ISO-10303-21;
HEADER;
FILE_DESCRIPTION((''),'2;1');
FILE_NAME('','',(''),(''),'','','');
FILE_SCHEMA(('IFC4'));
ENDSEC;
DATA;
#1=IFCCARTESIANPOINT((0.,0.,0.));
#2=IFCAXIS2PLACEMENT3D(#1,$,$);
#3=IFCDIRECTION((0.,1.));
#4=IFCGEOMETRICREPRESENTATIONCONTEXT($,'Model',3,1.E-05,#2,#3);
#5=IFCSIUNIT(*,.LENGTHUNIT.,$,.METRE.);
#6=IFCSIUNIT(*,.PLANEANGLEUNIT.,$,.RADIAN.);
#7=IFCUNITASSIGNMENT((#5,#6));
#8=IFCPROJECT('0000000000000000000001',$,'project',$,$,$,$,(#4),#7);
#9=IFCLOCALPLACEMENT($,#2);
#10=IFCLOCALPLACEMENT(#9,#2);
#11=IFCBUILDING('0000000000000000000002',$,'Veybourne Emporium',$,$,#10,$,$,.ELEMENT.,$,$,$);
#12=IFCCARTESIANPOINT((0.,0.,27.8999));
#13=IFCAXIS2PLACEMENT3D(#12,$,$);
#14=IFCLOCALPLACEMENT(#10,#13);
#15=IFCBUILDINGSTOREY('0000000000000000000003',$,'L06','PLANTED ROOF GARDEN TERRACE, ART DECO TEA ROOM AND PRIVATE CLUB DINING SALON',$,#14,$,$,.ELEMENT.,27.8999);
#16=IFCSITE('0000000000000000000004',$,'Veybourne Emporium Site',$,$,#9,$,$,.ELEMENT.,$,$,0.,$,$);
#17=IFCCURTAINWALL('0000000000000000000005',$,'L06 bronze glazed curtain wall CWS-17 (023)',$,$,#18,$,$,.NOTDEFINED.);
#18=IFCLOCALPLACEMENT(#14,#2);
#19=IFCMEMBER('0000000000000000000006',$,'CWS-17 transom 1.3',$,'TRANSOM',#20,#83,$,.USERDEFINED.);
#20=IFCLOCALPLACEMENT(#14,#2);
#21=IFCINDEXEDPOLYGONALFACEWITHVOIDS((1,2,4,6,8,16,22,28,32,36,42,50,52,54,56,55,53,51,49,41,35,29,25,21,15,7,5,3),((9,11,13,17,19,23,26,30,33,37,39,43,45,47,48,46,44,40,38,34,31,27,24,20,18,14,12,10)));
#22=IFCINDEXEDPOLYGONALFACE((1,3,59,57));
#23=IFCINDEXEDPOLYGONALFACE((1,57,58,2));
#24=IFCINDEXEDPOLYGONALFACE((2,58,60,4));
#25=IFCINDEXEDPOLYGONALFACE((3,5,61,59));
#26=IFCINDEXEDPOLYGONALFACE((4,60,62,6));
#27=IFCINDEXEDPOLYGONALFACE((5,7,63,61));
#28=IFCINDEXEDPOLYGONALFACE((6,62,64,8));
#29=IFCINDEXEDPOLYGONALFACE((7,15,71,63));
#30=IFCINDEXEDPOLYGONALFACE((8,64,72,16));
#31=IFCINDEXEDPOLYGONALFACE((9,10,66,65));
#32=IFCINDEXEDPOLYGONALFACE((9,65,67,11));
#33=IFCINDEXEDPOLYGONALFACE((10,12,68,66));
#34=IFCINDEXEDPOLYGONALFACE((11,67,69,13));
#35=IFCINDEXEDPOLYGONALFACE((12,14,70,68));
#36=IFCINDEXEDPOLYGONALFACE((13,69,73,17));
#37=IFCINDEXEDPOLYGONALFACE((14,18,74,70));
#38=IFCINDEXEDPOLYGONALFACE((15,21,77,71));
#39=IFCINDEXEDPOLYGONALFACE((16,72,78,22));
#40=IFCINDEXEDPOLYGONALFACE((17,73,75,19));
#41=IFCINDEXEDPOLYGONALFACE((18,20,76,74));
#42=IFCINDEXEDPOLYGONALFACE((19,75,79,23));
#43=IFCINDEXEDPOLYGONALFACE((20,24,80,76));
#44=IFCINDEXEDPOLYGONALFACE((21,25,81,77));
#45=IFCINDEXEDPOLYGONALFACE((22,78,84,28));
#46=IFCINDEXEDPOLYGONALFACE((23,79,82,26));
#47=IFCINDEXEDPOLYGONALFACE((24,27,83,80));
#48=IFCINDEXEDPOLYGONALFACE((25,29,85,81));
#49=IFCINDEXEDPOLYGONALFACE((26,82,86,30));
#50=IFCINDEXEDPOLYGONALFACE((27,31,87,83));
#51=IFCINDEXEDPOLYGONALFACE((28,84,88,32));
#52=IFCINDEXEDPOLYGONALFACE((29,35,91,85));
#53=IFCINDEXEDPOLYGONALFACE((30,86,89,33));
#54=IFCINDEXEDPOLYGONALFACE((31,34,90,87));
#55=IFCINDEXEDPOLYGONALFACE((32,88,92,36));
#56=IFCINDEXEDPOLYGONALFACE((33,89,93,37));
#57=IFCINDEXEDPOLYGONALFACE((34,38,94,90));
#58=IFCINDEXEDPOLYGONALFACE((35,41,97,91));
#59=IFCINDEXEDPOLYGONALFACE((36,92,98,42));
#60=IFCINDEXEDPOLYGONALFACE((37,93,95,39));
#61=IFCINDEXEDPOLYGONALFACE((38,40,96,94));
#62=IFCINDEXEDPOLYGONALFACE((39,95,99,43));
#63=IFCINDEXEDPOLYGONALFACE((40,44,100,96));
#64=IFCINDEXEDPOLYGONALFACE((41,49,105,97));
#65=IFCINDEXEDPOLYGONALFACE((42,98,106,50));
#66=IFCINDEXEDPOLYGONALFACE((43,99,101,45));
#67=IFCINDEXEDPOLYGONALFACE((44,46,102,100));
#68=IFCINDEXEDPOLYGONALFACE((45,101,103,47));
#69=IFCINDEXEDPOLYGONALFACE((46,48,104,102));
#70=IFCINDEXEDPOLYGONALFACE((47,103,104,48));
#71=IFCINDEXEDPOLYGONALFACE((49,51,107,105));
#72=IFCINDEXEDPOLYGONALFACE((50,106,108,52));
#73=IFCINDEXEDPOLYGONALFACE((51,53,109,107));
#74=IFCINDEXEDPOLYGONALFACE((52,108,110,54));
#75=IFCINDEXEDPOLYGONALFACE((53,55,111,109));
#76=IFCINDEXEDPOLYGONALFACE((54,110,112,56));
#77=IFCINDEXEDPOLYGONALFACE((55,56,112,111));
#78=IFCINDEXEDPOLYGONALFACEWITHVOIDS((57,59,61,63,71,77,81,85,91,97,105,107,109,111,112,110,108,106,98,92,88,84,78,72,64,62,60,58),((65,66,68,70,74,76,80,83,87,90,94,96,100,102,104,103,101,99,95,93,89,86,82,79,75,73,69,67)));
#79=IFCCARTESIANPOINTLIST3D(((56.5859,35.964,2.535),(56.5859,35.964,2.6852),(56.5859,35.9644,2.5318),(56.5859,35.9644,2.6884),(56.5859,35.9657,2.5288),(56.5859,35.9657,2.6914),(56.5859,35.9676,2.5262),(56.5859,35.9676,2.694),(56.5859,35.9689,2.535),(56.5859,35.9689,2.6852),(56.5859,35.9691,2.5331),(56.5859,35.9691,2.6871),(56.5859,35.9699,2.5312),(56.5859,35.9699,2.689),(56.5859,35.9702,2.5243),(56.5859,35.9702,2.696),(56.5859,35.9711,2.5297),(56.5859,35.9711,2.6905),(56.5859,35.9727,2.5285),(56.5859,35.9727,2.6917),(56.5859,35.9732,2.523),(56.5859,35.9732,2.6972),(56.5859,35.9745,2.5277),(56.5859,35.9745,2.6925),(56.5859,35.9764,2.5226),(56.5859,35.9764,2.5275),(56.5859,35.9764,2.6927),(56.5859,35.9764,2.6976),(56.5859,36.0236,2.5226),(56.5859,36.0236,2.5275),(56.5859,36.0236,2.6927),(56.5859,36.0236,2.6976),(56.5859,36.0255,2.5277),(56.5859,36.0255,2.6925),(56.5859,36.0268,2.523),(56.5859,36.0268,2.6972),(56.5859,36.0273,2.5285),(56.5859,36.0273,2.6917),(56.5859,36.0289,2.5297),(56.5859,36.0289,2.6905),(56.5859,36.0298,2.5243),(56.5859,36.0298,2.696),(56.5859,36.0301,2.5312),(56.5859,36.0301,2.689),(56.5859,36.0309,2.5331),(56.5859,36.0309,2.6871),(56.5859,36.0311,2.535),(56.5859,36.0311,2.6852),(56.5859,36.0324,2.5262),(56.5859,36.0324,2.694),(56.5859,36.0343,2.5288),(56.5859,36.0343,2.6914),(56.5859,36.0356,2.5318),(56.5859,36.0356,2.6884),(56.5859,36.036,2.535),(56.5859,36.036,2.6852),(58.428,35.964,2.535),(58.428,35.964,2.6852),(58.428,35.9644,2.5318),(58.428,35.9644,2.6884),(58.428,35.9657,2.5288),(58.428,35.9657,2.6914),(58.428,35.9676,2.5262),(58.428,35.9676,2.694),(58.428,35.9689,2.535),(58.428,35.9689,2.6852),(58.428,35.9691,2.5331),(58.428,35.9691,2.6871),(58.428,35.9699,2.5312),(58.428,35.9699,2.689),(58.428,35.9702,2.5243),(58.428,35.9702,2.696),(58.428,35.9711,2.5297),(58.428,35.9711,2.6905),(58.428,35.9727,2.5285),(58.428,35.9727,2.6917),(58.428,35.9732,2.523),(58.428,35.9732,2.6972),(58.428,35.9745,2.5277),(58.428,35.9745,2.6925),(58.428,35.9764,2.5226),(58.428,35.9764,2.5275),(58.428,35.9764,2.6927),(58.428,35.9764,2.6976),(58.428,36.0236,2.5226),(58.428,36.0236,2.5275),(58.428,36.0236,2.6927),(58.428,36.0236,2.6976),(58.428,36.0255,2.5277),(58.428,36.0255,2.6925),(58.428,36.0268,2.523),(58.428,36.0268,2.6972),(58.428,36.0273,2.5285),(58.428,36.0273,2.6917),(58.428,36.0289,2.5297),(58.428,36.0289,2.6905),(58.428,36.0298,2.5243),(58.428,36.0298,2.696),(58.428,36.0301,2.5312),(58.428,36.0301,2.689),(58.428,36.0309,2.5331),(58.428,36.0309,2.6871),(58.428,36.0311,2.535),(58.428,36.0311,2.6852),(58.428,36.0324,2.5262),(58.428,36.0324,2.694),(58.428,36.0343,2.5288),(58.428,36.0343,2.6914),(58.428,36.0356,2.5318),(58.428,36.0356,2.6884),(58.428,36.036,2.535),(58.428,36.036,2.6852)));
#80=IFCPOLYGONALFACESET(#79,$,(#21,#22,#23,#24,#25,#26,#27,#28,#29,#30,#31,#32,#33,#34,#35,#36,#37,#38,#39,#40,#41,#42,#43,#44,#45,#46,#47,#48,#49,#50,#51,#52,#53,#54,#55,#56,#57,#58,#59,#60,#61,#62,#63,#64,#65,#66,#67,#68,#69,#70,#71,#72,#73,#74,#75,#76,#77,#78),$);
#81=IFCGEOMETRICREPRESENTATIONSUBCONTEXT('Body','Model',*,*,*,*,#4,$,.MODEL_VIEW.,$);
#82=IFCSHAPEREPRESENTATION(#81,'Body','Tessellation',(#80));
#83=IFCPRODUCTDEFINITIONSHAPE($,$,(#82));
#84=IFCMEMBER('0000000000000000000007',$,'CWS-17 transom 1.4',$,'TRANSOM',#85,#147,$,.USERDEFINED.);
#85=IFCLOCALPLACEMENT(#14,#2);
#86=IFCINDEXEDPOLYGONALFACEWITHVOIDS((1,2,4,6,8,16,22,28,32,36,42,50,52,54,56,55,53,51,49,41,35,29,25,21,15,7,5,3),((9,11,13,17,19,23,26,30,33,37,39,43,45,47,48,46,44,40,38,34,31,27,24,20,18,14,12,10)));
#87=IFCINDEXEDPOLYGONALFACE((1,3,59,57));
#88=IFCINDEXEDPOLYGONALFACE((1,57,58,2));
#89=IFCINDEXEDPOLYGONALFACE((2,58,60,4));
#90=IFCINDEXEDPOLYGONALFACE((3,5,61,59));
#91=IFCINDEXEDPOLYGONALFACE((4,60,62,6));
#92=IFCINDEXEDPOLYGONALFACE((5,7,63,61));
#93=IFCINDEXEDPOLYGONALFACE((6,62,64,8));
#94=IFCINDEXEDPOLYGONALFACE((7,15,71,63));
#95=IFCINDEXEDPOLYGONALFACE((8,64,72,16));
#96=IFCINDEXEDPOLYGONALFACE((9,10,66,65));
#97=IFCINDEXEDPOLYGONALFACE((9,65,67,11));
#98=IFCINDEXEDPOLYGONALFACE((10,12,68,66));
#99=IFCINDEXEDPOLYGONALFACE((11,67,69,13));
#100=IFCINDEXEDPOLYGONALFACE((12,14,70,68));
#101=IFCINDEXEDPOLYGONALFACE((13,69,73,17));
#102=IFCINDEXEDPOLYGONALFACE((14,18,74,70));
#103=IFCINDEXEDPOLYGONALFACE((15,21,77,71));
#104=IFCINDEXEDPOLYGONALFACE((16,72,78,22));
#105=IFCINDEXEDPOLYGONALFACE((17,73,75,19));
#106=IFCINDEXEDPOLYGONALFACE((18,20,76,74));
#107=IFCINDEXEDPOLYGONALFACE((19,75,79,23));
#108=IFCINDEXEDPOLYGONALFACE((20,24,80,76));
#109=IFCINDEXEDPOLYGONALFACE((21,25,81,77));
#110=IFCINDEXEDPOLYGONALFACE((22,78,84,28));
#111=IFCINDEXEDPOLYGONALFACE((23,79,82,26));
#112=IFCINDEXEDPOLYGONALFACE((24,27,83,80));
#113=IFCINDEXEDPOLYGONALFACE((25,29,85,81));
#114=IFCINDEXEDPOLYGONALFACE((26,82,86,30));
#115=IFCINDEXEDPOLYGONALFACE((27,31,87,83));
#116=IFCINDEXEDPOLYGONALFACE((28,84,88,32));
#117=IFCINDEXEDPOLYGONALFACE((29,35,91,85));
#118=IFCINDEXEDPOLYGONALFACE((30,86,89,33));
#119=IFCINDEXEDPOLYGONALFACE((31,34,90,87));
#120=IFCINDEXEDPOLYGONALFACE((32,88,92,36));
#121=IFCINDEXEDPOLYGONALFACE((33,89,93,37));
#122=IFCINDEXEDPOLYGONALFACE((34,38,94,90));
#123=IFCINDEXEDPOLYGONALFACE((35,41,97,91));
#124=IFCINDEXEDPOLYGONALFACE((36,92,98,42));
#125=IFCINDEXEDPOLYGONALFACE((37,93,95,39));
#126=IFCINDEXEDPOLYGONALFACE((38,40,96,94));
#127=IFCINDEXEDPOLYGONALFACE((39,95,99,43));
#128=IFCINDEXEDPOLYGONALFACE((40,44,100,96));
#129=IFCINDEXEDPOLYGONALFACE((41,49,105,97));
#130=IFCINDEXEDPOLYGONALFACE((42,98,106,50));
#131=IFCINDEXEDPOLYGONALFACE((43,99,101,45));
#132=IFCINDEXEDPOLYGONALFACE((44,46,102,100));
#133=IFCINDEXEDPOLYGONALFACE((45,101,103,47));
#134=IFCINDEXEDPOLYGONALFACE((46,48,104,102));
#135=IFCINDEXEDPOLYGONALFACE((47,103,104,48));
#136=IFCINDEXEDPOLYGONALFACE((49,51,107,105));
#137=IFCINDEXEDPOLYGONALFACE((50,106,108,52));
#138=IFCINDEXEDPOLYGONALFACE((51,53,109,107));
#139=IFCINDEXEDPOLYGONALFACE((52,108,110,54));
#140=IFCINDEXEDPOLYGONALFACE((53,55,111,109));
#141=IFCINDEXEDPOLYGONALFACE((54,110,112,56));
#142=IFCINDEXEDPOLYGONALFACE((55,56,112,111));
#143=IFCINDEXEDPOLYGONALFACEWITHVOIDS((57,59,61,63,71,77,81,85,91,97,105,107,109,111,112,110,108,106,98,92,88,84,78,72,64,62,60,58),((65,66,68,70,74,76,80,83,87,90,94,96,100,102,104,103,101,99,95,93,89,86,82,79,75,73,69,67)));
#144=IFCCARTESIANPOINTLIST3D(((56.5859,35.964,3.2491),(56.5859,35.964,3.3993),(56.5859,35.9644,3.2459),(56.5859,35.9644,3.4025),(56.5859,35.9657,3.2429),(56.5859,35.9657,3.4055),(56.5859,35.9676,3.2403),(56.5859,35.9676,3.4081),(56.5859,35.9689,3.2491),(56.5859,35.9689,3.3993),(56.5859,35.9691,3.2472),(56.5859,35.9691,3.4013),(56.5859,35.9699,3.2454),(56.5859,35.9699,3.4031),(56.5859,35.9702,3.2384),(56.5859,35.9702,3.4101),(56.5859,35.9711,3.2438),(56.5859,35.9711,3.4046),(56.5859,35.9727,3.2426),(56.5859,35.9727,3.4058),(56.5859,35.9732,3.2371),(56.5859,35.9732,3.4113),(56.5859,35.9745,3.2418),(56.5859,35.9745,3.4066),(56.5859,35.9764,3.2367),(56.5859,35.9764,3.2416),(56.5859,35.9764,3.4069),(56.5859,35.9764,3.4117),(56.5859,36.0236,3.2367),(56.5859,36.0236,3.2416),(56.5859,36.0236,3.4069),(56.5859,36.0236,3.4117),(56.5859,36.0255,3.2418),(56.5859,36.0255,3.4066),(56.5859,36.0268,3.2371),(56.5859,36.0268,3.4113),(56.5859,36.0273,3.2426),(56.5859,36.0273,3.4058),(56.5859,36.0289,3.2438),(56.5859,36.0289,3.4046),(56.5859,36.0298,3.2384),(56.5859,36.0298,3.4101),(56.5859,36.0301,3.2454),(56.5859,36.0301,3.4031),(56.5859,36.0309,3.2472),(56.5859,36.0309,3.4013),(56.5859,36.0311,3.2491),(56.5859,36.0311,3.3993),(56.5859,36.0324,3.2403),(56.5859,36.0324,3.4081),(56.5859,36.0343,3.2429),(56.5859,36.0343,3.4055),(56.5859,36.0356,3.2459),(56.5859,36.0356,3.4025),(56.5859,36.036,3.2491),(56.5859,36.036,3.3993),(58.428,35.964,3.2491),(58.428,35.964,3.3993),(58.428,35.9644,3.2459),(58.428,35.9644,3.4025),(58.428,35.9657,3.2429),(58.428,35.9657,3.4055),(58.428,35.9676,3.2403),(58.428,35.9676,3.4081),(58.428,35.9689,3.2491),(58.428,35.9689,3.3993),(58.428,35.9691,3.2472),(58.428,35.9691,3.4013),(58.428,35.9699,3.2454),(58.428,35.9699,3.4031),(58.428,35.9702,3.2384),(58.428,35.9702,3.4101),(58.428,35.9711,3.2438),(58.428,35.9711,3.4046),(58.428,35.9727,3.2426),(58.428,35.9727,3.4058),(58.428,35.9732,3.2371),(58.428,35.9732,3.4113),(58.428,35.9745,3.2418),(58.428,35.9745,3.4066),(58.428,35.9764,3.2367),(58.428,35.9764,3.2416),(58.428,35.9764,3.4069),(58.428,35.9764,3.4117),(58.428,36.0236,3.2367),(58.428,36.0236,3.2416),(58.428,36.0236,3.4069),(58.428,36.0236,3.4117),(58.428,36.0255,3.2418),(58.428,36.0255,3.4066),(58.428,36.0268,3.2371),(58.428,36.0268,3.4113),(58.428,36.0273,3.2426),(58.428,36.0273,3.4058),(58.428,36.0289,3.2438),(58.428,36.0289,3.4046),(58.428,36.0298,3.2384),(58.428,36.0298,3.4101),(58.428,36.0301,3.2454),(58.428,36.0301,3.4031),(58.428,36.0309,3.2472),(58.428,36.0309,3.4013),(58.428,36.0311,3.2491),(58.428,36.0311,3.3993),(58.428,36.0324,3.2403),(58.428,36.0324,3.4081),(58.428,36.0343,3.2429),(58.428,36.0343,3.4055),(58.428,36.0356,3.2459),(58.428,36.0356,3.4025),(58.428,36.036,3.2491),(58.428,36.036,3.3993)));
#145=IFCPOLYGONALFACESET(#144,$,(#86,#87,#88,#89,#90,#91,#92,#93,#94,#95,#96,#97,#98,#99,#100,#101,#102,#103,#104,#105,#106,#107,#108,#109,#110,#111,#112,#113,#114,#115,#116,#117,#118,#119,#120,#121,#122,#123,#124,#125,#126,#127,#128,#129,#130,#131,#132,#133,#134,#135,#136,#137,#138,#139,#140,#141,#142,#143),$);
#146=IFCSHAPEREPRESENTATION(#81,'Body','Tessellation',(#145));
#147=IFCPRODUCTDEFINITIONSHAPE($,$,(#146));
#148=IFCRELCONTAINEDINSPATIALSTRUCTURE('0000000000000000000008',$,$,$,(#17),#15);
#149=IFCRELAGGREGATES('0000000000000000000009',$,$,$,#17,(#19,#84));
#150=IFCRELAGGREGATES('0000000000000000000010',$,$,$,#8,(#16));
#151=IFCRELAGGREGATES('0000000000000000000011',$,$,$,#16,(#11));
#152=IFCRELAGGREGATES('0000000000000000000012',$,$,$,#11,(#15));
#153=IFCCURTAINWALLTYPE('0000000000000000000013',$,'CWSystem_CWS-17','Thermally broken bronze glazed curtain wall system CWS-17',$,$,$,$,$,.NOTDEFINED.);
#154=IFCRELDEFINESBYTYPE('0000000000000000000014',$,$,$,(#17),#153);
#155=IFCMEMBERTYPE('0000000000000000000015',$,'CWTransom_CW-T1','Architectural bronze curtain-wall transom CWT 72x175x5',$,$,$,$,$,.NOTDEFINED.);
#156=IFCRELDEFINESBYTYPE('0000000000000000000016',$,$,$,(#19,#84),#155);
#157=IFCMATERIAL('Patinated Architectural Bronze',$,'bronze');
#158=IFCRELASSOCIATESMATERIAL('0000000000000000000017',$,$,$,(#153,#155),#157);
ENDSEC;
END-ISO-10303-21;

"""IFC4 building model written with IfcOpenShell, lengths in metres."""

from ifc_helpers import new_model, si_unit, direction, frame, origin, origin_2d, place, context, subcontext, project, spatial, hollow_rectangle, extrude, material, material_profile, profile_set, type_object, element, aggregate, save


model = new_model("IFC4")

# Units and contexts
model_context = context("Model", 3, precision=1e-05, world=origin(), true_north=direction((0.0, 1.0)))
body_context = subcontext(model_context, "Body", "Model", "MODEL_VIEW")
ifc_project = project(units=[si_unit("LENGTHUNIT", "METRE"), si_unit("PLANEANGLEUNIT", "RADIAN")], contexts=[model_context])

# Site, building, storey
site_placement = place(None, origin())
site = spatial("IfcSite", under=ifc_project, at=site_placement, Name="Veybourne Emporium Site", CompositionType="ELEMENT", RefElevation=0.0)
building_placement = place(site_placement, origin())
building = spatial("IfcBuilding", under=site, at=building_placement, Name="Veybourne Emporium", CompositionType="ELEMENT")
storey_placement = place(building_placement, frame((0.0, 0.0, 27.8999)))
storey = spatial("IfcBuildingStorey", under=building, at=storey_placement, Name="L06", Description="PLANTED ROOF GARDEN TERRACE, ART DECO TEA ROOM AND PRIVATE CLUB DINING SALON", CompositionType="ELEMENT", Elevation=27.8999)

# Curtain wall
ifc_material_1 = material(Name="Patinated Architectural Bronze", Category="bronze")
curtain_wall_type_1 = type_object("IfcCurtainWallType", Name="CWSystem_CWS-17", Description="Thermally broken bronze glazed curtain wall system CWS-17", PredefinedType="NOTDEFINED", material=ifc_material_1)
curtain_wall_1_placement = place(storey_placement, origin())
curtain_wall_1 = element("IfcCurtainWall", 1, at=curtain_wall_1_placement, inside=storey, type_object=curtain_wall_type_1, Name="L06 bronze glazed curtain wall CWS-17 (023)", PredefinedType="NOTDEFINED")

# Members
ifc_material_profile_1 = material_profile(ifc_material_1, hollow_rectangle(XDim=0.072, YDim=0.175, WallThickness=0.0049, InnerFilletRadius=0.0076, OuterFilletRadius=0.0125, at=origin_2d()), Name="CWT 72x175x5")
ifc_profile_set_1 = profile_set([ifc_material_profile_1], Name="Patinated Architectural Bronze")
member_type_1 = type_object("IfcMemberType", Name="CWTransom_CW-T1", Description="Architectural bronze curtain-wall transom CWT 72x175x5", PredefinedType="NOTDEFINED", material=ifc_profile_set_1)
member_1_placement = place(storey_placement, frame((58.428, 36.0, 2.6101), z_axis=(-1.0, 0.0, 0.0), x_axis=(0.0, -1.0, 0.0)))
member_1 = element("IfcMember", 2, at=member_1_placement, type_object=member_type_1, Name="CWS-17 transom 1.3", ObjectType="TRANSOM", PredefinedType="USERDEFINED", context=body_context, shape_type="SweptSolid", body=[
    extrude(hollow_rectangle(XDim=0.072, YDim=0.175, WallThickness=0.0049, InnerFilletRadius=0.0076, OuterFilletRadius=0.0125, at=origin_2d()), origin(), (0.0, 0.0, 1.0), 1.842),
])
member_2_placement = place(storey_placement, frame((58.428, 36.0, 3.3242), z_axis=(-1.0, 0.0, 0.0), x_axis=(0.0, -1.0, 0.0)))
member_2 = element("IfcMember", 3, at=member_2_placement, type_object=member_type_1, Name="CWS-17 transom 1.4", ObjectType="TRANSOM", PredefinedType="USERDEFINED", context=body_context, shape_type="SweptSolid", body=[
    extrude(hollow_rectangle(XDim=0.072, YDim=0.175, WallThickness=0.0049, InnerFilletRadius=0.0076, OuterFilletRadius=0.0125, at=origin_2d()), origin(), (0.0, 0.0, 1.0), 1.842),
])

aggregate(curtain_wall_1, [member_1, member_2])

save(model, "model.ifc")
